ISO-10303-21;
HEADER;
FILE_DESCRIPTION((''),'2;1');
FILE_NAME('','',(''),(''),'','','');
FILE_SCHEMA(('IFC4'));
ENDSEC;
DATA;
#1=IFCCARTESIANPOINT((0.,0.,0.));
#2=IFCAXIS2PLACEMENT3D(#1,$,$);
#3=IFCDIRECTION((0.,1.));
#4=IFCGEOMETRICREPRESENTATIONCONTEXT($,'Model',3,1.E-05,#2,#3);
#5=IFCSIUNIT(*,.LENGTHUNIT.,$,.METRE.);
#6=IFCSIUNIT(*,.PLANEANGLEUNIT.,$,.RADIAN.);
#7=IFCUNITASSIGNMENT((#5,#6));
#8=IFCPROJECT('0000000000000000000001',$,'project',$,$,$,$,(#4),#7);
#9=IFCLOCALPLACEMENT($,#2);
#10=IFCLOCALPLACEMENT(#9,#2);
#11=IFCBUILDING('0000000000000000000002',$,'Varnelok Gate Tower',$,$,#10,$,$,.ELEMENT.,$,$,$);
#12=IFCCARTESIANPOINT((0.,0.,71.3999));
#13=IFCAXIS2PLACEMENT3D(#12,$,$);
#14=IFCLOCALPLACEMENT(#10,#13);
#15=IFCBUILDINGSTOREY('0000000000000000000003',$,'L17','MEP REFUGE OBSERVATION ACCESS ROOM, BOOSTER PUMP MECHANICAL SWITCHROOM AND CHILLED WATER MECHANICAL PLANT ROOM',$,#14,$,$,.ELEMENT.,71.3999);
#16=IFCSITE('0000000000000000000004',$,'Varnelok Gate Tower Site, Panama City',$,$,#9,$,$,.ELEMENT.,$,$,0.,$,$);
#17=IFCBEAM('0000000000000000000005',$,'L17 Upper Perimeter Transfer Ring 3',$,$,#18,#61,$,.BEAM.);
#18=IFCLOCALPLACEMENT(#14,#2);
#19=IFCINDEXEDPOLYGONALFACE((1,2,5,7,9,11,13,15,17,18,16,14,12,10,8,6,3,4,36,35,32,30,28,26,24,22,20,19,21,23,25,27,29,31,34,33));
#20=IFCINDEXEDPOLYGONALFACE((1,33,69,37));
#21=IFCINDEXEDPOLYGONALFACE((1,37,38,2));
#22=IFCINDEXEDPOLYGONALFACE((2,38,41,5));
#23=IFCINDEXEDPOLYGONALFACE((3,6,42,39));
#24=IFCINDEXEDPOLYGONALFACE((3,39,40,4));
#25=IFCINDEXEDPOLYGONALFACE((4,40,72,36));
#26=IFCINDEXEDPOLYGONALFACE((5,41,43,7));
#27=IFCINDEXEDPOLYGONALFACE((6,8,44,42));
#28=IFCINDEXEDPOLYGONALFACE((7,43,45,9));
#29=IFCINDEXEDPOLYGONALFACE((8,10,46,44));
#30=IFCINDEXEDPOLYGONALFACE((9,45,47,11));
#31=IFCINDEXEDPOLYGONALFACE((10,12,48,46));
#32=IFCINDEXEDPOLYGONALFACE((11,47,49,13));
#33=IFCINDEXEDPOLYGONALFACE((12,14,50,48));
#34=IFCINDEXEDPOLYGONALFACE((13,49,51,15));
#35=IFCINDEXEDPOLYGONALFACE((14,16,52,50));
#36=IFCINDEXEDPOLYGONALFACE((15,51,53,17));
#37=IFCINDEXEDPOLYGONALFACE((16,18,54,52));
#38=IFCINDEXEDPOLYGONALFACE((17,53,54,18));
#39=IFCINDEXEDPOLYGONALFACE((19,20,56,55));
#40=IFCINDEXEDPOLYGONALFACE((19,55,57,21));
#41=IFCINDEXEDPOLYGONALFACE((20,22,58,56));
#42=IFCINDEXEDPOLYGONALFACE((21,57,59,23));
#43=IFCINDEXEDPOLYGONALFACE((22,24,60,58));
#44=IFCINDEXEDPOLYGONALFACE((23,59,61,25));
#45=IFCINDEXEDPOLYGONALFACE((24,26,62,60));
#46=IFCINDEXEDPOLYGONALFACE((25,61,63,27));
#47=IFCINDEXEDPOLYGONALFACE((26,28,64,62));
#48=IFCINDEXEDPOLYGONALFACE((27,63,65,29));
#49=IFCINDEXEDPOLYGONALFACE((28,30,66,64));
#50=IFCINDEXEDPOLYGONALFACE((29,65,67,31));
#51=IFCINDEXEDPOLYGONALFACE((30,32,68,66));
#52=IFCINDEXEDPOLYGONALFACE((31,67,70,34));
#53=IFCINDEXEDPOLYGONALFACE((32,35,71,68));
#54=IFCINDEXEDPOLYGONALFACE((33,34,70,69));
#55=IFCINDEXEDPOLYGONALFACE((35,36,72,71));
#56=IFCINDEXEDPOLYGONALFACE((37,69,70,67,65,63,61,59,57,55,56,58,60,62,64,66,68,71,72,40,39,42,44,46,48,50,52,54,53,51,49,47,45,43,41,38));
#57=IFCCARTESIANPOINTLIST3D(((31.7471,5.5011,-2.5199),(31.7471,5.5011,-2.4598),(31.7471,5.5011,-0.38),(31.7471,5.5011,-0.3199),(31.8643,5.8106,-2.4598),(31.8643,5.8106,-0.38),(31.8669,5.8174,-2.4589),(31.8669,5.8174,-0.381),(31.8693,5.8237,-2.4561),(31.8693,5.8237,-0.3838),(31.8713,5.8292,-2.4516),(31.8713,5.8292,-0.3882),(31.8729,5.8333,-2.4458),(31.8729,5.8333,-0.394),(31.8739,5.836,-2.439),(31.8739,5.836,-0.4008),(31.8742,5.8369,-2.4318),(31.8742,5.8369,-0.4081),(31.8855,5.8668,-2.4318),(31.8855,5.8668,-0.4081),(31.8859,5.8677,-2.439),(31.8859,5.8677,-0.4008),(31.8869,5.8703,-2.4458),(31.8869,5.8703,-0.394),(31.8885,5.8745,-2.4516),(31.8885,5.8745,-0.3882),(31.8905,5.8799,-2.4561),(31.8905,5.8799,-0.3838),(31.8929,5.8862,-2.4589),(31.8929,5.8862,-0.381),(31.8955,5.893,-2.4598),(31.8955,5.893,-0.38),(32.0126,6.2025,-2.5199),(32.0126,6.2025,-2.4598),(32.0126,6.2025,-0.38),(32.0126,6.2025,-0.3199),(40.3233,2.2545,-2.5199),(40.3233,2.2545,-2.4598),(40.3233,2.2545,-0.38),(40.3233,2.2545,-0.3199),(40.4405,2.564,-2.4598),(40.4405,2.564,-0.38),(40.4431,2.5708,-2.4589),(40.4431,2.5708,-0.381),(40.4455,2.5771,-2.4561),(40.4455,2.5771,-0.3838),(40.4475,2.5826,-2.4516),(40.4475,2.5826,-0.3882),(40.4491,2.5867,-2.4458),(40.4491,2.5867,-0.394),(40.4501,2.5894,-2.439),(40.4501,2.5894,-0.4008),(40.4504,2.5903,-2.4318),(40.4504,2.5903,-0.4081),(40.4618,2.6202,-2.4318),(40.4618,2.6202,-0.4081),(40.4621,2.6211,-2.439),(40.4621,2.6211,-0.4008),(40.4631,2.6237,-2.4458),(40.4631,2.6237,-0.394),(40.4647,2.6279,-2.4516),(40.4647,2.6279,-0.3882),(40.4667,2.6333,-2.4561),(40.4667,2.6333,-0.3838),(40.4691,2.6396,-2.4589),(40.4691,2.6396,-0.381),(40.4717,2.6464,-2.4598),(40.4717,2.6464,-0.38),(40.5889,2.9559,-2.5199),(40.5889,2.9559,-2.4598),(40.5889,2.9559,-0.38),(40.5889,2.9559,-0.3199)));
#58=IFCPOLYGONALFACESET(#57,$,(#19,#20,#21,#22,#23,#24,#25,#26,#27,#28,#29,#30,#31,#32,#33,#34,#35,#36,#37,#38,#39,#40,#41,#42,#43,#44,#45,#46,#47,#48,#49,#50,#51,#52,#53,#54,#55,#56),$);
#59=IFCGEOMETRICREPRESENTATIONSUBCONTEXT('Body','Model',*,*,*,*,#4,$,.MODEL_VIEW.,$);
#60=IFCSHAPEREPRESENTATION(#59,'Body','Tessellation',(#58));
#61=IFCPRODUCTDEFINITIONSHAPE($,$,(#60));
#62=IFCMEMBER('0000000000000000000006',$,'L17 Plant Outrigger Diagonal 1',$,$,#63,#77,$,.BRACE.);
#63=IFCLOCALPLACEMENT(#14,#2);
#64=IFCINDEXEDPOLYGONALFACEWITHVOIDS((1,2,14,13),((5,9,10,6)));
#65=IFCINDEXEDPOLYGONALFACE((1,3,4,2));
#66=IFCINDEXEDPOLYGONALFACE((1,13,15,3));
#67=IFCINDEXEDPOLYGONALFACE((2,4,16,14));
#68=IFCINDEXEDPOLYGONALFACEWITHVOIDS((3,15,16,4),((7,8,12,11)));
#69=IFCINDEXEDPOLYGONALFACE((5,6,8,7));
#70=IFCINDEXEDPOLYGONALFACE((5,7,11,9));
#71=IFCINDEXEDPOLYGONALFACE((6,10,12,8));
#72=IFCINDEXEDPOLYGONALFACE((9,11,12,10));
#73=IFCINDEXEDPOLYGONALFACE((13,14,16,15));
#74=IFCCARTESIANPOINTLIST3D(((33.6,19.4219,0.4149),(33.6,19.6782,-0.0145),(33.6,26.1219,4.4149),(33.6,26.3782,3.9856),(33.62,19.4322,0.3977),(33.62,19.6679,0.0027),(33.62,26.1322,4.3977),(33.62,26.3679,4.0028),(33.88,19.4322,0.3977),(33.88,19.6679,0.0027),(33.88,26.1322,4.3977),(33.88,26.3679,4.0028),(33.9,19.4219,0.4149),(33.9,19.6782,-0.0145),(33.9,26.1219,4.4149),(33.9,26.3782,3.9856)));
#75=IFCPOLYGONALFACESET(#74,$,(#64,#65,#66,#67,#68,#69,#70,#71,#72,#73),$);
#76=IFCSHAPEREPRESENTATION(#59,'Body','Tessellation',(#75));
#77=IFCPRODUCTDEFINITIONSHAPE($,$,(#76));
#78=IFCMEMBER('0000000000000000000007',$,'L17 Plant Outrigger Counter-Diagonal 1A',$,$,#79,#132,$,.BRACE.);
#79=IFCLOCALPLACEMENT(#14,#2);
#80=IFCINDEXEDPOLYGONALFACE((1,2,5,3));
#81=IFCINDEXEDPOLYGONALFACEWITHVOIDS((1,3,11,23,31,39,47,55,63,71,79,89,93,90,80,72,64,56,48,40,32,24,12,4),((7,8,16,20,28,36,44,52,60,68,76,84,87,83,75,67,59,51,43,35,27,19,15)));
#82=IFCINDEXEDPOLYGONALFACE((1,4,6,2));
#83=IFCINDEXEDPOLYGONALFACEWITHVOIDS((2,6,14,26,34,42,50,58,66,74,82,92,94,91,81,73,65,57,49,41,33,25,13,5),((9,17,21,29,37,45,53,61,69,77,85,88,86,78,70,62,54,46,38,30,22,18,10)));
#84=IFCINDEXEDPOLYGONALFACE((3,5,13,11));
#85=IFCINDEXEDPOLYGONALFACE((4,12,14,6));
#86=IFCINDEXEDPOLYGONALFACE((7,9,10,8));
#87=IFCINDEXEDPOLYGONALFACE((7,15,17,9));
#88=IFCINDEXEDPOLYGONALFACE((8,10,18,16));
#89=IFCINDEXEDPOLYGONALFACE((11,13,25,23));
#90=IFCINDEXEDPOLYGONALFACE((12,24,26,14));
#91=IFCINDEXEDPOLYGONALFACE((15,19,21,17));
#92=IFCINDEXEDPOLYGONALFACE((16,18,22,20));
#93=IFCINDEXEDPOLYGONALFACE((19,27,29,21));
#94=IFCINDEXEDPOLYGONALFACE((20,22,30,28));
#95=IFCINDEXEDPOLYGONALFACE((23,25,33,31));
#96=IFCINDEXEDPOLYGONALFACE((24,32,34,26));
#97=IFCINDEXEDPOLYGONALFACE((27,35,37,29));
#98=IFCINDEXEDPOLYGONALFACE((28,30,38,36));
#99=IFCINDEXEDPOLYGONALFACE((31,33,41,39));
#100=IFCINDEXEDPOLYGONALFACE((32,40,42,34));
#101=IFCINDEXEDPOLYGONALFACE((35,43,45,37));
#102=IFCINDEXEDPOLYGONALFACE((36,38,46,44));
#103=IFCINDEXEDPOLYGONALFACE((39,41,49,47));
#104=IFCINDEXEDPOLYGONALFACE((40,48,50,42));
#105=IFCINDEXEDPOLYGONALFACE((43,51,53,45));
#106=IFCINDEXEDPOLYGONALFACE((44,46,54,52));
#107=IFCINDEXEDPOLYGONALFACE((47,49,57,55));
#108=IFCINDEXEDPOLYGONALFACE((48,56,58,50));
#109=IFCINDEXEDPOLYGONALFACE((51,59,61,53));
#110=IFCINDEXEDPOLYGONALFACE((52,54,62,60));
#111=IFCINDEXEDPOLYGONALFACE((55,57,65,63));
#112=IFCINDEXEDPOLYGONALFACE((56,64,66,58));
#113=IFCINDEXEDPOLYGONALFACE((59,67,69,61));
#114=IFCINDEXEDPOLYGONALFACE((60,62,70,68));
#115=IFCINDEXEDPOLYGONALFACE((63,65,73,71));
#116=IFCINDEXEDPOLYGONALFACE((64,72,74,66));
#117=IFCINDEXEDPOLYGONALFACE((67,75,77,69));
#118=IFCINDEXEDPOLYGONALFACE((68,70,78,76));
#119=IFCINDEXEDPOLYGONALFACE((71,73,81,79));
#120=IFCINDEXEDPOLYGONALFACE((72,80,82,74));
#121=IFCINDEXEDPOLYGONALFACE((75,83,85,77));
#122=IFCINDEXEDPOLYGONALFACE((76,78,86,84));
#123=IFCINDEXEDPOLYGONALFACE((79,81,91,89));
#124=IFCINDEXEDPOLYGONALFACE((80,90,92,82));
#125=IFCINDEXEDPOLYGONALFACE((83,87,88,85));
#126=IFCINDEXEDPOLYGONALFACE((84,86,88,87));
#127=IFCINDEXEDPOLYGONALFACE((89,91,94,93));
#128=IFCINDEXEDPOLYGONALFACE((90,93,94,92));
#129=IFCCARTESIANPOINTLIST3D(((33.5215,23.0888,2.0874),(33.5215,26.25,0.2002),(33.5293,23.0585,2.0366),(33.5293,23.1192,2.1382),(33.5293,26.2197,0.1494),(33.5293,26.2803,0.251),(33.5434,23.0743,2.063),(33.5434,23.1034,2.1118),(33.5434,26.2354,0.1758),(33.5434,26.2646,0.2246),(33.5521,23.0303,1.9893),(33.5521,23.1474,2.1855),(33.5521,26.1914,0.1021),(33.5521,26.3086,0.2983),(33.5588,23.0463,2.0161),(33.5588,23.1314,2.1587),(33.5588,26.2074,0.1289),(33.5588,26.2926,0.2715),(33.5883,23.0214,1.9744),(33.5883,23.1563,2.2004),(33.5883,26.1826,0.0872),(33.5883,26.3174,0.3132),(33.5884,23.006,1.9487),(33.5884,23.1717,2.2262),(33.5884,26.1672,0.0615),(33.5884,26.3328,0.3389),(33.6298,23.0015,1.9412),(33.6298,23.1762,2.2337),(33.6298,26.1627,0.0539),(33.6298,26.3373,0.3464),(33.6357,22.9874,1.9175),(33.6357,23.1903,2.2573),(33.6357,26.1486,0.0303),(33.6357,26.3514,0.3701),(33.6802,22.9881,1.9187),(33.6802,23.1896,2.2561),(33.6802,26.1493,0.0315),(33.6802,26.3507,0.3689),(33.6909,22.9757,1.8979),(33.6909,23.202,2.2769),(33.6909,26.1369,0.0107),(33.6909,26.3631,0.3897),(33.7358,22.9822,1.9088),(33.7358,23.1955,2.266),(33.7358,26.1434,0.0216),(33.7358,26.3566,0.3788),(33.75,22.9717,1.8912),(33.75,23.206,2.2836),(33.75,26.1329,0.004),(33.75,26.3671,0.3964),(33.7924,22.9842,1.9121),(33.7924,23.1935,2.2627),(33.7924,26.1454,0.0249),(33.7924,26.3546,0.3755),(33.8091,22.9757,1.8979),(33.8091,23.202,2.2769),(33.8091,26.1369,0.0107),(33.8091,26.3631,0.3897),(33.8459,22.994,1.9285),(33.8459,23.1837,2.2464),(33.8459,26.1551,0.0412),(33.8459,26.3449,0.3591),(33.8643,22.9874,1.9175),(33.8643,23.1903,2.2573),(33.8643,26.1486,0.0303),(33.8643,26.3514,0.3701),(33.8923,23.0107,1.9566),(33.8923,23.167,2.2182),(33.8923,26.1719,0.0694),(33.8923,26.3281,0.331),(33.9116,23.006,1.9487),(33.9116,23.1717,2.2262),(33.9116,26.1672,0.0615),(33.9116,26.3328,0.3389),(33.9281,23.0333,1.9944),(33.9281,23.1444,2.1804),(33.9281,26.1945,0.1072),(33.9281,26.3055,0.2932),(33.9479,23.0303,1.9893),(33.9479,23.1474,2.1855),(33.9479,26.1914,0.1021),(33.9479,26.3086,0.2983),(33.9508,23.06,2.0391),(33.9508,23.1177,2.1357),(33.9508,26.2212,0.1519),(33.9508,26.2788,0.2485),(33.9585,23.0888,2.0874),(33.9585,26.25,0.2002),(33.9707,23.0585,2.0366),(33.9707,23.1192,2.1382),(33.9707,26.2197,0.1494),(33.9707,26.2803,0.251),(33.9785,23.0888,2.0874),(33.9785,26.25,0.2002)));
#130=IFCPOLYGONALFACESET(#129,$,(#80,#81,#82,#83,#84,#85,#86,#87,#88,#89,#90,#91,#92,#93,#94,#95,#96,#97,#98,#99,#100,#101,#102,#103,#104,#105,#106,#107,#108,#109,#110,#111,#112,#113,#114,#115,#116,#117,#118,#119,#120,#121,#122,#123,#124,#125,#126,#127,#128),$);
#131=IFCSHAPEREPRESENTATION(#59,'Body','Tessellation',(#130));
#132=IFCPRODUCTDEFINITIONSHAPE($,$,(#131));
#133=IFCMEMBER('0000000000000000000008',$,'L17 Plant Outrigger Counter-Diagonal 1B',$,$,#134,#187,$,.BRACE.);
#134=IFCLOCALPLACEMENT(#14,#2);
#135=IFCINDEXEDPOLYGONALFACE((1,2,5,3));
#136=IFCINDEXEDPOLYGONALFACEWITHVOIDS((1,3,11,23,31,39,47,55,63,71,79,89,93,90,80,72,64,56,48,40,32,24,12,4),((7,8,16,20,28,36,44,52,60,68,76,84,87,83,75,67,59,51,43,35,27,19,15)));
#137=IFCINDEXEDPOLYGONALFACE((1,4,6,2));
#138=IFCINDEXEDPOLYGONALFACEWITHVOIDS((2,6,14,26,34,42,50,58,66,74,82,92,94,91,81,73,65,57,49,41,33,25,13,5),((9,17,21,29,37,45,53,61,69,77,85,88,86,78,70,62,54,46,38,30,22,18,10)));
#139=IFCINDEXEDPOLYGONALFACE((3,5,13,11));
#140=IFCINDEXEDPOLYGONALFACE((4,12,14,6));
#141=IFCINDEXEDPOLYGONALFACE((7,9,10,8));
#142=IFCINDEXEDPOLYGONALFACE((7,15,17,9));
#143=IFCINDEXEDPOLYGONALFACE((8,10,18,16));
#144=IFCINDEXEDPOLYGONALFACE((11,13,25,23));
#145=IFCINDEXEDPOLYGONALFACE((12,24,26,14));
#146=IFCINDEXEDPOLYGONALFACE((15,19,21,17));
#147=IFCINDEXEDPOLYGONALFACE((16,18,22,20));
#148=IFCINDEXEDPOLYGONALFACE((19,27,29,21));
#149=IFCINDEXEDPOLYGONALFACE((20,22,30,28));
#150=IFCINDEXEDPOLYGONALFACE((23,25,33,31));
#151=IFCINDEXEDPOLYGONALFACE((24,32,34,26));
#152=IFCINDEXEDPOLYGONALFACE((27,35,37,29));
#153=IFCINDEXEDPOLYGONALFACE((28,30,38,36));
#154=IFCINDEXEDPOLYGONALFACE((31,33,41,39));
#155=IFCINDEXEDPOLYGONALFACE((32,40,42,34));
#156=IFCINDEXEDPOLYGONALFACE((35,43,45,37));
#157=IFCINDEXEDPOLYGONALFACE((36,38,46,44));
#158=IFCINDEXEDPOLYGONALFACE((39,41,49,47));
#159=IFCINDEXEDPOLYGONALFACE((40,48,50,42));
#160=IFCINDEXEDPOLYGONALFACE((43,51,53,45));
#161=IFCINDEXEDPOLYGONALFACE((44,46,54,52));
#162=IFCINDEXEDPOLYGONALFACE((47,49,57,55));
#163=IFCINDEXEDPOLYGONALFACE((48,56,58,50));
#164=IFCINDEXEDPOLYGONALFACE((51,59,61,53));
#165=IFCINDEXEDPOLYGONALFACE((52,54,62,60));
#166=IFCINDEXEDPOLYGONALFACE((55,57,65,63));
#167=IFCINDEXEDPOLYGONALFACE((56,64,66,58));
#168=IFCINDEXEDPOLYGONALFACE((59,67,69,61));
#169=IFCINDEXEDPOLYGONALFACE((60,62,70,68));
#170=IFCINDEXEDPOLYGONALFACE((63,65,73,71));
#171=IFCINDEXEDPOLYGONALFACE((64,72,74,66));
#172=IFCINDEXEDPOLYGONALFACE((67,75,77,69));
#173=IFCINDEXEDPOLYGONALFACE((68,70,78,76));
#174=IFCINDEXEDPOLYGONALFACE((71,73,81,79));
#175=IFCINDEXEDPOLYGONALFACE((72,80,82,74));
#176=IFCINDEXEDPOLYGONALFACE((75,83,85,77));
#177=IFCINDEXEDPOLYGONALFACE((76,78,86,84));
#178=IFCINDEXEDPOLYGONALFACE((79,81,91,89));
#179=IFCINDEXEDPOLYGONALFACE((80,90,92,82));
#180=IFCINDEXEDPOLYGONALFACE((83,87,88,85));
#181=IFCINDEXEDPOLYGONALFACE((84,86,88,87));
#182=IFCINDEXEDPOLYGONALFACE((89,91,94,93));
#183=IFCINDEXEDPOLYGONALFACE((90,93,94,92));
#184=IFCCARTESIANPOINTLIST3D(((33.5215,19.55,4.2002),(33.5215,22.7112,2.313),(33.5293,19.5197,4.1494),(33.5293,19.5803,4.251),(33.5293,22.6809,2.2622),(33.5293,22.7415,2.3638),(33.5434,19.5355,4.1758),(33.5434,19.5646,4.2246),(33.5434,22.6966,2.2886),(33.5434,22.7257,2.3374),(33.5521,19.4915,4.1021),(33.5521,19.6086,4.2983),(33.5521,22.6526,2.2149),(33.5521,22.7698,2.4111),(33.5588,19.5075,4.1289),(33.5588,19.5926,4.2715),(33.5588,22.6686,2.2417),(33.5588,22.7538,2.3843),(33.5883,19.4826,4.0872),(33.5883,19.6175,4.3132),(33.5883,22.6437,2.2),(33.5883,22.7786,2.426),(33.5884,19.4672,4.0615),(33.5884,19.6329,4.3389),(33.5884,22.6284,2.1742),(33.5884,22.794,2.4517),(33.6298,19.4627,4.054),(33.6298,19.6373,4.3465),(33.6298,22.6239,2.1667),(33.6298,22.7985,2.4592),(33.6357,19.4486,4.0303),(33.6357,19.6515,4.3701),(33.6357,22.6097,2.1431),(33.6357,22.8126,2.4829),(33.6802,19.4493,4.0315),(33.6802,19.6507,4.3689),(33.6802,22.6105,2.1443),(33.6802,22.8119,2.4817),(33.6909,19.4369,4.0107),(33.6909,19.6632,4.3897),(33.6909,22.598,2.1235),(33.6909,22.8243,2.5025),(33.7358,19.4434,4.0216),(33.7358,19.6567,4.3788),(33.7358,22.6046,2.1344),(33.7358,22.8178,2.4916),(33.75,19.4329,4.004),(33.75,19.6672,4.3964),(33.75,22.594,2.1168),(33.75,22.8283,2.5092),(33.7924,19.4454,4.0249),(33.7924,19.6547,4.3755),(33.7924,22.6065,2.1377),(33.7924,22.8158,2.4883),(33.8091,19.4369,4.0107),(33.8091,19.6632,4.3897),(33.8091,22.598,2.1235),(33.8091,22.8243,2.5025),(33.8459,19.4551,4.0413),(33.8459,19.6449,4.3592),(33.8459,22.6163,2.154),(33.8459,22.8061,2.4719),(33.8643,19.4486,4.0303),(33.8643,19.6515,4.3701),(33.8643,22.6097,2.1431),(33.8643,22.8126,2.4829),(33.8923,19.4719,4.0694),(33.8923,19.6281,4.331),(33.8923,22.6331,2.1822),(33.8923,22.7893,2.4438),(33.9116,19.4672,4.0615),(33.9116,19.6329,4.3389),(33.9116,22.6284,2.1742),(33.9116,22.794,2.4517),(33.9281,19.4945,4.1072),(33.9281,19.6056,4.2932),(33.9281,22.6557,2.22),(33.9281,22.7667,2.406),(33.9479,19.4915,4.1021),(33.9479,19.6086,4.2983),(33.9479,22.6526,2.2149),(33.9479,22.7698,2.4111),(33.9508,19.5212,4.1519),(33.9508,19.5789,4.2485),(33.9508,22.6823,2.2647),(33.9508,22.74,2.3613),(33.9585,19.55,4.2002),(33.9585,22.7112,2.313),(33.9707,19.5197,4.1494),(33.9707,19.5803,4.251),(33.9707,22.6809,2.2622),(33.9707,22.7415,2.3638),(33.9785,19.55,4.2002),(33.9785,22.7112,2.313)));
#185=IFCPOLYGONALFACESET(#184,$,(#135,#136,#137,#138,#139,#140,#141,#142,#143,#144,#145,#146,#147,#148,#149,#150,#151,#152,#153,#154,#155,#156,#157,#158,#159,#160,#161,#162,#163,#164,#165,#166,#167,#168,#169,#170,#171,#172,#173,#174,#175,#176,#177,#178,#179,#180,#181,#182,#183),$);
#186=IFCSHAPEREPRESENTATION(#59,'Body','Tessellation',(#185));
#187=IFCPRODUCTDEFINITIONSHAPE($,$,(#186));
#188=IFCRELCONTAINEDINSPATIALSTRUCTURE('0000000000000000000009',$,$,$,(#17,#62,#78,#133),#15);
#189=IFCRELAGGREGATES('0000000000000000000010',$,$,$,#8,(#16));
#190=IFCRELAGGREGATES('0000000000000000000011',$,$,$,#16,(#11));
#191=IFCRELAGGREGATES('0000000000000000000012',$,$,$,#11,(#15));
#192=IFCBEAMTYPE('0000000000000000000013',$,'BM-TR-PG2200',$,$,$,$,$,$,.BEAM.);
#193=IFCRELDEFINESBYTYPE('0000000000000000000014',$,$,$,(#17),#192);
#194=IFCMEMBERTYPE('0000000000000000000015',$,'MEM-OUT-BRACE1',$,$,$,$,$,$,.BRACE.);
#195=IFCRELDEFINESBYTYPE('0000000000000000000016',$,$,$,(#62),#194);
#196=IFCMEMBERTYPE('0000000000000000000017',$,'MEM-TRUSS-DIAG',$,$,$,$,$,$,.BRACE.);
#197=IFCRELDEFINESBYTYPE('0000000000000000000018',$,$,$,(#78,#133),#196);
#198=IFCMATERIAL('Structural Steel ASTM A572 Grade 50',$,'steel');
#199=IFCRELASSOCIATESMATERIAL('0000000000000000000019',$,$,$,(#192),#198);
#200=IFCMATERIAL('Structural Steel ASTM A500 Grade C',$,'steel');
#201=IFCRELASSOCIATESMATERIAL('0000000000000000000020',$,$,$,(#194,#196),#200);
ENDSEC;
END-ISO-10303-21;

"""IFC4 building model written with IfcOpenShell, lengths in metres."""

from ifc_helpers import new_model, si_unit, direction, frame, origin, origin_2d, place, context, subcontext, project, spatial, hollow_rectangle, hollow_circle, i_section, extrude, material, material_profile, profile_set, type_object, element, save


model = new_model("IFC4")

# Units and contexts
model_context = context("Model", 3, precision=1e-05, world=origin(), true_north=direction((0.0, 1.0)))
body_context = subcontext(model_context, "Body", "Model", "MODEL_VIEW")
ifc_project = project(units=[si_unit("LENGTHUNIT", "METRE"), si_unit("PLANEANGLEUNIT", "RADIAN")], contexts=[model_context])

# Site, building, storey
site_placement = place(None, origin())
site = spatial("IfcSite", under=ifc_project, at=site_placement, Name="Varnelok Gate Tower Site, Panama City", CompositionType="ELEMENT", RefElevation=0.0)
building_placement = place(site_placement, origin())
building = spatial("IfcBuilding", under=site, at=building_placement, Name="Varnelok Gate Tower", CompositionType="ELEMENT")
storey_placement = place(building_placement, frame((0.0, 0.0, 71.3999)))
storey = spatial("IfcBuildingStorey", under=building, at=storey_placement, Name="L17", Description="MEP REFUGE OBSERVATION ACCESS ROOM, BOOSTER PUMP MECHANICAL SWITCHROOM AND CHILLED WATER MECHANICAL PLANT ROOM", CompositionType="ELEMENT", Elevation=71.3999)

# Beam
ifc_material_1 = material(Name="Structural Steel ASTM A572 Grade 50", Category="steel")
ifc_material_profile_1 = material_profile(ifc_material_1, i_section(OverallWidth=0.75, OverallDepth=2.2, WebThickness=0.032, FlangeThickness=0.0601, FilletRadius=0.0281, at=origin_2d()), Name="PG2200X750")
ifc_profile_set_1 = profile_set([ifc_material_profile_1], Name="Structural Steel ASTM A572 Grade 50")
beam_type_1 = type_object("IfcBeamType", Name="BM-TR-PG2200", PredefinedType="BEAM", material=ifc_profile_set_1)
beam_1_placement = place(storey_placement, frame((31.8799, 5.8518, -1.4199), z_axis=(0.935231, -0.354039, 0.0), x_axis=(0.354039, 0.935231, 0.0)))
element("IfcBeam", 1, at=beam_1_placement, inside=storey, type_object=beam_type_1, Name="L17 Upper Perimeter Transfer Ring 3", PredefinedType="BEAM", context=body_context, shape_type="SweptSolid", body=[
    extrude(i_section(OverallWidth=0.75, OverallDepth=2.2, WebThickness=0.032, FlangeThickness=0.0601, FilletRadius=0.0281, at=origin_2d()), origin(), (0.0, 0.0, 1.0), 9.1702),
])

# Members
ifc_material_2 = material(Name="Structural Steel ASTM A500 Grade C", Category="steel")
ifc_material_profile_2 = material_profile(ifc_material_2, hollow_rectangle(XDim=0.3, YDim=0.5, WallThickness=0.02, at=origin_2d()), Name="HSS500X300X20")
ifc_profile_set_2 = profile_set([ifc_material_profile_2], Name="Structural Steel ASTM A500 Grade C")
member_type_1 = type_object("IfcMemberType", Name="MEM-OUT-BRACE1", PredefinedType="BRACE", material=ifc_profile_set_2)
member_placement = place(storey_placement, frame((33.75, 19.55, 0.2002), z_axis=(0.0, 0.85862, 0.512613), x_axis=(-1.0, 0.0, 0.0)))
element("IfcMember", 2, at=member_placement, inside=storey, type_object=member_type_1, Name="L17 Plant Outrigger Diagonal 1", PredefinedType="BRACE", context=body_context, shape_type="SweptSolid", body=[
    extrude(hollow_rectangle(XDim=0.3, YDim=0.5, WallThickness=0.02, at=origin_2d()), origin(), (0.0, 0.0, 1.0), 7.8032),
])
ifc_material_profile_3 = material_profile(ifc_material_2, hollow_circle(Radius=0.2285, WallThickness=0.02, at=origin_2d()), Name="CHS457X20")
ifc_profile_set_3 = profile_set([ifc_material_profile_3], Name="Structural Steel ASTM A500 Grade C")
member_type_2 = type_object("IfcMemberType", Name="MEM-TRUSS-DIAG", PredefinedType="BRACE", material=ifc_profile_set_3)
for number, where, z_axis, x_axis, name in (
    (3, (33.75, 26.25, 0.2002), (0.0, -0.858626, 0.512603), (1.0, 0.0, 0.0), "L17 Plant Outrigger Counter-Diagonal 1A"),
    (4, (33.75, 22.7112, 2.313), (0.0, -0.858626, 0.512603), (1.0, 0.0, 0.0), "L17 Plant Outrigger Counter-Diagonal 1B"),
):
    element("IfcMember", number, at=place(storey_placement, frame(where, z_axis=z_axis, x_axis=x_axis)), inside=storey, type_object=member_type_2, Name=name, PredefinedType="BRACE", context=body_context, shape_type="SweptSolid", body=[
        extrude(hollow_circle(Radius=0.2285, WallThickness=0.02, at=origin_2d()), origin(), (0.0, 0.0, 1.0), 3.6816),
    ])

save(model, "model.ifc")
